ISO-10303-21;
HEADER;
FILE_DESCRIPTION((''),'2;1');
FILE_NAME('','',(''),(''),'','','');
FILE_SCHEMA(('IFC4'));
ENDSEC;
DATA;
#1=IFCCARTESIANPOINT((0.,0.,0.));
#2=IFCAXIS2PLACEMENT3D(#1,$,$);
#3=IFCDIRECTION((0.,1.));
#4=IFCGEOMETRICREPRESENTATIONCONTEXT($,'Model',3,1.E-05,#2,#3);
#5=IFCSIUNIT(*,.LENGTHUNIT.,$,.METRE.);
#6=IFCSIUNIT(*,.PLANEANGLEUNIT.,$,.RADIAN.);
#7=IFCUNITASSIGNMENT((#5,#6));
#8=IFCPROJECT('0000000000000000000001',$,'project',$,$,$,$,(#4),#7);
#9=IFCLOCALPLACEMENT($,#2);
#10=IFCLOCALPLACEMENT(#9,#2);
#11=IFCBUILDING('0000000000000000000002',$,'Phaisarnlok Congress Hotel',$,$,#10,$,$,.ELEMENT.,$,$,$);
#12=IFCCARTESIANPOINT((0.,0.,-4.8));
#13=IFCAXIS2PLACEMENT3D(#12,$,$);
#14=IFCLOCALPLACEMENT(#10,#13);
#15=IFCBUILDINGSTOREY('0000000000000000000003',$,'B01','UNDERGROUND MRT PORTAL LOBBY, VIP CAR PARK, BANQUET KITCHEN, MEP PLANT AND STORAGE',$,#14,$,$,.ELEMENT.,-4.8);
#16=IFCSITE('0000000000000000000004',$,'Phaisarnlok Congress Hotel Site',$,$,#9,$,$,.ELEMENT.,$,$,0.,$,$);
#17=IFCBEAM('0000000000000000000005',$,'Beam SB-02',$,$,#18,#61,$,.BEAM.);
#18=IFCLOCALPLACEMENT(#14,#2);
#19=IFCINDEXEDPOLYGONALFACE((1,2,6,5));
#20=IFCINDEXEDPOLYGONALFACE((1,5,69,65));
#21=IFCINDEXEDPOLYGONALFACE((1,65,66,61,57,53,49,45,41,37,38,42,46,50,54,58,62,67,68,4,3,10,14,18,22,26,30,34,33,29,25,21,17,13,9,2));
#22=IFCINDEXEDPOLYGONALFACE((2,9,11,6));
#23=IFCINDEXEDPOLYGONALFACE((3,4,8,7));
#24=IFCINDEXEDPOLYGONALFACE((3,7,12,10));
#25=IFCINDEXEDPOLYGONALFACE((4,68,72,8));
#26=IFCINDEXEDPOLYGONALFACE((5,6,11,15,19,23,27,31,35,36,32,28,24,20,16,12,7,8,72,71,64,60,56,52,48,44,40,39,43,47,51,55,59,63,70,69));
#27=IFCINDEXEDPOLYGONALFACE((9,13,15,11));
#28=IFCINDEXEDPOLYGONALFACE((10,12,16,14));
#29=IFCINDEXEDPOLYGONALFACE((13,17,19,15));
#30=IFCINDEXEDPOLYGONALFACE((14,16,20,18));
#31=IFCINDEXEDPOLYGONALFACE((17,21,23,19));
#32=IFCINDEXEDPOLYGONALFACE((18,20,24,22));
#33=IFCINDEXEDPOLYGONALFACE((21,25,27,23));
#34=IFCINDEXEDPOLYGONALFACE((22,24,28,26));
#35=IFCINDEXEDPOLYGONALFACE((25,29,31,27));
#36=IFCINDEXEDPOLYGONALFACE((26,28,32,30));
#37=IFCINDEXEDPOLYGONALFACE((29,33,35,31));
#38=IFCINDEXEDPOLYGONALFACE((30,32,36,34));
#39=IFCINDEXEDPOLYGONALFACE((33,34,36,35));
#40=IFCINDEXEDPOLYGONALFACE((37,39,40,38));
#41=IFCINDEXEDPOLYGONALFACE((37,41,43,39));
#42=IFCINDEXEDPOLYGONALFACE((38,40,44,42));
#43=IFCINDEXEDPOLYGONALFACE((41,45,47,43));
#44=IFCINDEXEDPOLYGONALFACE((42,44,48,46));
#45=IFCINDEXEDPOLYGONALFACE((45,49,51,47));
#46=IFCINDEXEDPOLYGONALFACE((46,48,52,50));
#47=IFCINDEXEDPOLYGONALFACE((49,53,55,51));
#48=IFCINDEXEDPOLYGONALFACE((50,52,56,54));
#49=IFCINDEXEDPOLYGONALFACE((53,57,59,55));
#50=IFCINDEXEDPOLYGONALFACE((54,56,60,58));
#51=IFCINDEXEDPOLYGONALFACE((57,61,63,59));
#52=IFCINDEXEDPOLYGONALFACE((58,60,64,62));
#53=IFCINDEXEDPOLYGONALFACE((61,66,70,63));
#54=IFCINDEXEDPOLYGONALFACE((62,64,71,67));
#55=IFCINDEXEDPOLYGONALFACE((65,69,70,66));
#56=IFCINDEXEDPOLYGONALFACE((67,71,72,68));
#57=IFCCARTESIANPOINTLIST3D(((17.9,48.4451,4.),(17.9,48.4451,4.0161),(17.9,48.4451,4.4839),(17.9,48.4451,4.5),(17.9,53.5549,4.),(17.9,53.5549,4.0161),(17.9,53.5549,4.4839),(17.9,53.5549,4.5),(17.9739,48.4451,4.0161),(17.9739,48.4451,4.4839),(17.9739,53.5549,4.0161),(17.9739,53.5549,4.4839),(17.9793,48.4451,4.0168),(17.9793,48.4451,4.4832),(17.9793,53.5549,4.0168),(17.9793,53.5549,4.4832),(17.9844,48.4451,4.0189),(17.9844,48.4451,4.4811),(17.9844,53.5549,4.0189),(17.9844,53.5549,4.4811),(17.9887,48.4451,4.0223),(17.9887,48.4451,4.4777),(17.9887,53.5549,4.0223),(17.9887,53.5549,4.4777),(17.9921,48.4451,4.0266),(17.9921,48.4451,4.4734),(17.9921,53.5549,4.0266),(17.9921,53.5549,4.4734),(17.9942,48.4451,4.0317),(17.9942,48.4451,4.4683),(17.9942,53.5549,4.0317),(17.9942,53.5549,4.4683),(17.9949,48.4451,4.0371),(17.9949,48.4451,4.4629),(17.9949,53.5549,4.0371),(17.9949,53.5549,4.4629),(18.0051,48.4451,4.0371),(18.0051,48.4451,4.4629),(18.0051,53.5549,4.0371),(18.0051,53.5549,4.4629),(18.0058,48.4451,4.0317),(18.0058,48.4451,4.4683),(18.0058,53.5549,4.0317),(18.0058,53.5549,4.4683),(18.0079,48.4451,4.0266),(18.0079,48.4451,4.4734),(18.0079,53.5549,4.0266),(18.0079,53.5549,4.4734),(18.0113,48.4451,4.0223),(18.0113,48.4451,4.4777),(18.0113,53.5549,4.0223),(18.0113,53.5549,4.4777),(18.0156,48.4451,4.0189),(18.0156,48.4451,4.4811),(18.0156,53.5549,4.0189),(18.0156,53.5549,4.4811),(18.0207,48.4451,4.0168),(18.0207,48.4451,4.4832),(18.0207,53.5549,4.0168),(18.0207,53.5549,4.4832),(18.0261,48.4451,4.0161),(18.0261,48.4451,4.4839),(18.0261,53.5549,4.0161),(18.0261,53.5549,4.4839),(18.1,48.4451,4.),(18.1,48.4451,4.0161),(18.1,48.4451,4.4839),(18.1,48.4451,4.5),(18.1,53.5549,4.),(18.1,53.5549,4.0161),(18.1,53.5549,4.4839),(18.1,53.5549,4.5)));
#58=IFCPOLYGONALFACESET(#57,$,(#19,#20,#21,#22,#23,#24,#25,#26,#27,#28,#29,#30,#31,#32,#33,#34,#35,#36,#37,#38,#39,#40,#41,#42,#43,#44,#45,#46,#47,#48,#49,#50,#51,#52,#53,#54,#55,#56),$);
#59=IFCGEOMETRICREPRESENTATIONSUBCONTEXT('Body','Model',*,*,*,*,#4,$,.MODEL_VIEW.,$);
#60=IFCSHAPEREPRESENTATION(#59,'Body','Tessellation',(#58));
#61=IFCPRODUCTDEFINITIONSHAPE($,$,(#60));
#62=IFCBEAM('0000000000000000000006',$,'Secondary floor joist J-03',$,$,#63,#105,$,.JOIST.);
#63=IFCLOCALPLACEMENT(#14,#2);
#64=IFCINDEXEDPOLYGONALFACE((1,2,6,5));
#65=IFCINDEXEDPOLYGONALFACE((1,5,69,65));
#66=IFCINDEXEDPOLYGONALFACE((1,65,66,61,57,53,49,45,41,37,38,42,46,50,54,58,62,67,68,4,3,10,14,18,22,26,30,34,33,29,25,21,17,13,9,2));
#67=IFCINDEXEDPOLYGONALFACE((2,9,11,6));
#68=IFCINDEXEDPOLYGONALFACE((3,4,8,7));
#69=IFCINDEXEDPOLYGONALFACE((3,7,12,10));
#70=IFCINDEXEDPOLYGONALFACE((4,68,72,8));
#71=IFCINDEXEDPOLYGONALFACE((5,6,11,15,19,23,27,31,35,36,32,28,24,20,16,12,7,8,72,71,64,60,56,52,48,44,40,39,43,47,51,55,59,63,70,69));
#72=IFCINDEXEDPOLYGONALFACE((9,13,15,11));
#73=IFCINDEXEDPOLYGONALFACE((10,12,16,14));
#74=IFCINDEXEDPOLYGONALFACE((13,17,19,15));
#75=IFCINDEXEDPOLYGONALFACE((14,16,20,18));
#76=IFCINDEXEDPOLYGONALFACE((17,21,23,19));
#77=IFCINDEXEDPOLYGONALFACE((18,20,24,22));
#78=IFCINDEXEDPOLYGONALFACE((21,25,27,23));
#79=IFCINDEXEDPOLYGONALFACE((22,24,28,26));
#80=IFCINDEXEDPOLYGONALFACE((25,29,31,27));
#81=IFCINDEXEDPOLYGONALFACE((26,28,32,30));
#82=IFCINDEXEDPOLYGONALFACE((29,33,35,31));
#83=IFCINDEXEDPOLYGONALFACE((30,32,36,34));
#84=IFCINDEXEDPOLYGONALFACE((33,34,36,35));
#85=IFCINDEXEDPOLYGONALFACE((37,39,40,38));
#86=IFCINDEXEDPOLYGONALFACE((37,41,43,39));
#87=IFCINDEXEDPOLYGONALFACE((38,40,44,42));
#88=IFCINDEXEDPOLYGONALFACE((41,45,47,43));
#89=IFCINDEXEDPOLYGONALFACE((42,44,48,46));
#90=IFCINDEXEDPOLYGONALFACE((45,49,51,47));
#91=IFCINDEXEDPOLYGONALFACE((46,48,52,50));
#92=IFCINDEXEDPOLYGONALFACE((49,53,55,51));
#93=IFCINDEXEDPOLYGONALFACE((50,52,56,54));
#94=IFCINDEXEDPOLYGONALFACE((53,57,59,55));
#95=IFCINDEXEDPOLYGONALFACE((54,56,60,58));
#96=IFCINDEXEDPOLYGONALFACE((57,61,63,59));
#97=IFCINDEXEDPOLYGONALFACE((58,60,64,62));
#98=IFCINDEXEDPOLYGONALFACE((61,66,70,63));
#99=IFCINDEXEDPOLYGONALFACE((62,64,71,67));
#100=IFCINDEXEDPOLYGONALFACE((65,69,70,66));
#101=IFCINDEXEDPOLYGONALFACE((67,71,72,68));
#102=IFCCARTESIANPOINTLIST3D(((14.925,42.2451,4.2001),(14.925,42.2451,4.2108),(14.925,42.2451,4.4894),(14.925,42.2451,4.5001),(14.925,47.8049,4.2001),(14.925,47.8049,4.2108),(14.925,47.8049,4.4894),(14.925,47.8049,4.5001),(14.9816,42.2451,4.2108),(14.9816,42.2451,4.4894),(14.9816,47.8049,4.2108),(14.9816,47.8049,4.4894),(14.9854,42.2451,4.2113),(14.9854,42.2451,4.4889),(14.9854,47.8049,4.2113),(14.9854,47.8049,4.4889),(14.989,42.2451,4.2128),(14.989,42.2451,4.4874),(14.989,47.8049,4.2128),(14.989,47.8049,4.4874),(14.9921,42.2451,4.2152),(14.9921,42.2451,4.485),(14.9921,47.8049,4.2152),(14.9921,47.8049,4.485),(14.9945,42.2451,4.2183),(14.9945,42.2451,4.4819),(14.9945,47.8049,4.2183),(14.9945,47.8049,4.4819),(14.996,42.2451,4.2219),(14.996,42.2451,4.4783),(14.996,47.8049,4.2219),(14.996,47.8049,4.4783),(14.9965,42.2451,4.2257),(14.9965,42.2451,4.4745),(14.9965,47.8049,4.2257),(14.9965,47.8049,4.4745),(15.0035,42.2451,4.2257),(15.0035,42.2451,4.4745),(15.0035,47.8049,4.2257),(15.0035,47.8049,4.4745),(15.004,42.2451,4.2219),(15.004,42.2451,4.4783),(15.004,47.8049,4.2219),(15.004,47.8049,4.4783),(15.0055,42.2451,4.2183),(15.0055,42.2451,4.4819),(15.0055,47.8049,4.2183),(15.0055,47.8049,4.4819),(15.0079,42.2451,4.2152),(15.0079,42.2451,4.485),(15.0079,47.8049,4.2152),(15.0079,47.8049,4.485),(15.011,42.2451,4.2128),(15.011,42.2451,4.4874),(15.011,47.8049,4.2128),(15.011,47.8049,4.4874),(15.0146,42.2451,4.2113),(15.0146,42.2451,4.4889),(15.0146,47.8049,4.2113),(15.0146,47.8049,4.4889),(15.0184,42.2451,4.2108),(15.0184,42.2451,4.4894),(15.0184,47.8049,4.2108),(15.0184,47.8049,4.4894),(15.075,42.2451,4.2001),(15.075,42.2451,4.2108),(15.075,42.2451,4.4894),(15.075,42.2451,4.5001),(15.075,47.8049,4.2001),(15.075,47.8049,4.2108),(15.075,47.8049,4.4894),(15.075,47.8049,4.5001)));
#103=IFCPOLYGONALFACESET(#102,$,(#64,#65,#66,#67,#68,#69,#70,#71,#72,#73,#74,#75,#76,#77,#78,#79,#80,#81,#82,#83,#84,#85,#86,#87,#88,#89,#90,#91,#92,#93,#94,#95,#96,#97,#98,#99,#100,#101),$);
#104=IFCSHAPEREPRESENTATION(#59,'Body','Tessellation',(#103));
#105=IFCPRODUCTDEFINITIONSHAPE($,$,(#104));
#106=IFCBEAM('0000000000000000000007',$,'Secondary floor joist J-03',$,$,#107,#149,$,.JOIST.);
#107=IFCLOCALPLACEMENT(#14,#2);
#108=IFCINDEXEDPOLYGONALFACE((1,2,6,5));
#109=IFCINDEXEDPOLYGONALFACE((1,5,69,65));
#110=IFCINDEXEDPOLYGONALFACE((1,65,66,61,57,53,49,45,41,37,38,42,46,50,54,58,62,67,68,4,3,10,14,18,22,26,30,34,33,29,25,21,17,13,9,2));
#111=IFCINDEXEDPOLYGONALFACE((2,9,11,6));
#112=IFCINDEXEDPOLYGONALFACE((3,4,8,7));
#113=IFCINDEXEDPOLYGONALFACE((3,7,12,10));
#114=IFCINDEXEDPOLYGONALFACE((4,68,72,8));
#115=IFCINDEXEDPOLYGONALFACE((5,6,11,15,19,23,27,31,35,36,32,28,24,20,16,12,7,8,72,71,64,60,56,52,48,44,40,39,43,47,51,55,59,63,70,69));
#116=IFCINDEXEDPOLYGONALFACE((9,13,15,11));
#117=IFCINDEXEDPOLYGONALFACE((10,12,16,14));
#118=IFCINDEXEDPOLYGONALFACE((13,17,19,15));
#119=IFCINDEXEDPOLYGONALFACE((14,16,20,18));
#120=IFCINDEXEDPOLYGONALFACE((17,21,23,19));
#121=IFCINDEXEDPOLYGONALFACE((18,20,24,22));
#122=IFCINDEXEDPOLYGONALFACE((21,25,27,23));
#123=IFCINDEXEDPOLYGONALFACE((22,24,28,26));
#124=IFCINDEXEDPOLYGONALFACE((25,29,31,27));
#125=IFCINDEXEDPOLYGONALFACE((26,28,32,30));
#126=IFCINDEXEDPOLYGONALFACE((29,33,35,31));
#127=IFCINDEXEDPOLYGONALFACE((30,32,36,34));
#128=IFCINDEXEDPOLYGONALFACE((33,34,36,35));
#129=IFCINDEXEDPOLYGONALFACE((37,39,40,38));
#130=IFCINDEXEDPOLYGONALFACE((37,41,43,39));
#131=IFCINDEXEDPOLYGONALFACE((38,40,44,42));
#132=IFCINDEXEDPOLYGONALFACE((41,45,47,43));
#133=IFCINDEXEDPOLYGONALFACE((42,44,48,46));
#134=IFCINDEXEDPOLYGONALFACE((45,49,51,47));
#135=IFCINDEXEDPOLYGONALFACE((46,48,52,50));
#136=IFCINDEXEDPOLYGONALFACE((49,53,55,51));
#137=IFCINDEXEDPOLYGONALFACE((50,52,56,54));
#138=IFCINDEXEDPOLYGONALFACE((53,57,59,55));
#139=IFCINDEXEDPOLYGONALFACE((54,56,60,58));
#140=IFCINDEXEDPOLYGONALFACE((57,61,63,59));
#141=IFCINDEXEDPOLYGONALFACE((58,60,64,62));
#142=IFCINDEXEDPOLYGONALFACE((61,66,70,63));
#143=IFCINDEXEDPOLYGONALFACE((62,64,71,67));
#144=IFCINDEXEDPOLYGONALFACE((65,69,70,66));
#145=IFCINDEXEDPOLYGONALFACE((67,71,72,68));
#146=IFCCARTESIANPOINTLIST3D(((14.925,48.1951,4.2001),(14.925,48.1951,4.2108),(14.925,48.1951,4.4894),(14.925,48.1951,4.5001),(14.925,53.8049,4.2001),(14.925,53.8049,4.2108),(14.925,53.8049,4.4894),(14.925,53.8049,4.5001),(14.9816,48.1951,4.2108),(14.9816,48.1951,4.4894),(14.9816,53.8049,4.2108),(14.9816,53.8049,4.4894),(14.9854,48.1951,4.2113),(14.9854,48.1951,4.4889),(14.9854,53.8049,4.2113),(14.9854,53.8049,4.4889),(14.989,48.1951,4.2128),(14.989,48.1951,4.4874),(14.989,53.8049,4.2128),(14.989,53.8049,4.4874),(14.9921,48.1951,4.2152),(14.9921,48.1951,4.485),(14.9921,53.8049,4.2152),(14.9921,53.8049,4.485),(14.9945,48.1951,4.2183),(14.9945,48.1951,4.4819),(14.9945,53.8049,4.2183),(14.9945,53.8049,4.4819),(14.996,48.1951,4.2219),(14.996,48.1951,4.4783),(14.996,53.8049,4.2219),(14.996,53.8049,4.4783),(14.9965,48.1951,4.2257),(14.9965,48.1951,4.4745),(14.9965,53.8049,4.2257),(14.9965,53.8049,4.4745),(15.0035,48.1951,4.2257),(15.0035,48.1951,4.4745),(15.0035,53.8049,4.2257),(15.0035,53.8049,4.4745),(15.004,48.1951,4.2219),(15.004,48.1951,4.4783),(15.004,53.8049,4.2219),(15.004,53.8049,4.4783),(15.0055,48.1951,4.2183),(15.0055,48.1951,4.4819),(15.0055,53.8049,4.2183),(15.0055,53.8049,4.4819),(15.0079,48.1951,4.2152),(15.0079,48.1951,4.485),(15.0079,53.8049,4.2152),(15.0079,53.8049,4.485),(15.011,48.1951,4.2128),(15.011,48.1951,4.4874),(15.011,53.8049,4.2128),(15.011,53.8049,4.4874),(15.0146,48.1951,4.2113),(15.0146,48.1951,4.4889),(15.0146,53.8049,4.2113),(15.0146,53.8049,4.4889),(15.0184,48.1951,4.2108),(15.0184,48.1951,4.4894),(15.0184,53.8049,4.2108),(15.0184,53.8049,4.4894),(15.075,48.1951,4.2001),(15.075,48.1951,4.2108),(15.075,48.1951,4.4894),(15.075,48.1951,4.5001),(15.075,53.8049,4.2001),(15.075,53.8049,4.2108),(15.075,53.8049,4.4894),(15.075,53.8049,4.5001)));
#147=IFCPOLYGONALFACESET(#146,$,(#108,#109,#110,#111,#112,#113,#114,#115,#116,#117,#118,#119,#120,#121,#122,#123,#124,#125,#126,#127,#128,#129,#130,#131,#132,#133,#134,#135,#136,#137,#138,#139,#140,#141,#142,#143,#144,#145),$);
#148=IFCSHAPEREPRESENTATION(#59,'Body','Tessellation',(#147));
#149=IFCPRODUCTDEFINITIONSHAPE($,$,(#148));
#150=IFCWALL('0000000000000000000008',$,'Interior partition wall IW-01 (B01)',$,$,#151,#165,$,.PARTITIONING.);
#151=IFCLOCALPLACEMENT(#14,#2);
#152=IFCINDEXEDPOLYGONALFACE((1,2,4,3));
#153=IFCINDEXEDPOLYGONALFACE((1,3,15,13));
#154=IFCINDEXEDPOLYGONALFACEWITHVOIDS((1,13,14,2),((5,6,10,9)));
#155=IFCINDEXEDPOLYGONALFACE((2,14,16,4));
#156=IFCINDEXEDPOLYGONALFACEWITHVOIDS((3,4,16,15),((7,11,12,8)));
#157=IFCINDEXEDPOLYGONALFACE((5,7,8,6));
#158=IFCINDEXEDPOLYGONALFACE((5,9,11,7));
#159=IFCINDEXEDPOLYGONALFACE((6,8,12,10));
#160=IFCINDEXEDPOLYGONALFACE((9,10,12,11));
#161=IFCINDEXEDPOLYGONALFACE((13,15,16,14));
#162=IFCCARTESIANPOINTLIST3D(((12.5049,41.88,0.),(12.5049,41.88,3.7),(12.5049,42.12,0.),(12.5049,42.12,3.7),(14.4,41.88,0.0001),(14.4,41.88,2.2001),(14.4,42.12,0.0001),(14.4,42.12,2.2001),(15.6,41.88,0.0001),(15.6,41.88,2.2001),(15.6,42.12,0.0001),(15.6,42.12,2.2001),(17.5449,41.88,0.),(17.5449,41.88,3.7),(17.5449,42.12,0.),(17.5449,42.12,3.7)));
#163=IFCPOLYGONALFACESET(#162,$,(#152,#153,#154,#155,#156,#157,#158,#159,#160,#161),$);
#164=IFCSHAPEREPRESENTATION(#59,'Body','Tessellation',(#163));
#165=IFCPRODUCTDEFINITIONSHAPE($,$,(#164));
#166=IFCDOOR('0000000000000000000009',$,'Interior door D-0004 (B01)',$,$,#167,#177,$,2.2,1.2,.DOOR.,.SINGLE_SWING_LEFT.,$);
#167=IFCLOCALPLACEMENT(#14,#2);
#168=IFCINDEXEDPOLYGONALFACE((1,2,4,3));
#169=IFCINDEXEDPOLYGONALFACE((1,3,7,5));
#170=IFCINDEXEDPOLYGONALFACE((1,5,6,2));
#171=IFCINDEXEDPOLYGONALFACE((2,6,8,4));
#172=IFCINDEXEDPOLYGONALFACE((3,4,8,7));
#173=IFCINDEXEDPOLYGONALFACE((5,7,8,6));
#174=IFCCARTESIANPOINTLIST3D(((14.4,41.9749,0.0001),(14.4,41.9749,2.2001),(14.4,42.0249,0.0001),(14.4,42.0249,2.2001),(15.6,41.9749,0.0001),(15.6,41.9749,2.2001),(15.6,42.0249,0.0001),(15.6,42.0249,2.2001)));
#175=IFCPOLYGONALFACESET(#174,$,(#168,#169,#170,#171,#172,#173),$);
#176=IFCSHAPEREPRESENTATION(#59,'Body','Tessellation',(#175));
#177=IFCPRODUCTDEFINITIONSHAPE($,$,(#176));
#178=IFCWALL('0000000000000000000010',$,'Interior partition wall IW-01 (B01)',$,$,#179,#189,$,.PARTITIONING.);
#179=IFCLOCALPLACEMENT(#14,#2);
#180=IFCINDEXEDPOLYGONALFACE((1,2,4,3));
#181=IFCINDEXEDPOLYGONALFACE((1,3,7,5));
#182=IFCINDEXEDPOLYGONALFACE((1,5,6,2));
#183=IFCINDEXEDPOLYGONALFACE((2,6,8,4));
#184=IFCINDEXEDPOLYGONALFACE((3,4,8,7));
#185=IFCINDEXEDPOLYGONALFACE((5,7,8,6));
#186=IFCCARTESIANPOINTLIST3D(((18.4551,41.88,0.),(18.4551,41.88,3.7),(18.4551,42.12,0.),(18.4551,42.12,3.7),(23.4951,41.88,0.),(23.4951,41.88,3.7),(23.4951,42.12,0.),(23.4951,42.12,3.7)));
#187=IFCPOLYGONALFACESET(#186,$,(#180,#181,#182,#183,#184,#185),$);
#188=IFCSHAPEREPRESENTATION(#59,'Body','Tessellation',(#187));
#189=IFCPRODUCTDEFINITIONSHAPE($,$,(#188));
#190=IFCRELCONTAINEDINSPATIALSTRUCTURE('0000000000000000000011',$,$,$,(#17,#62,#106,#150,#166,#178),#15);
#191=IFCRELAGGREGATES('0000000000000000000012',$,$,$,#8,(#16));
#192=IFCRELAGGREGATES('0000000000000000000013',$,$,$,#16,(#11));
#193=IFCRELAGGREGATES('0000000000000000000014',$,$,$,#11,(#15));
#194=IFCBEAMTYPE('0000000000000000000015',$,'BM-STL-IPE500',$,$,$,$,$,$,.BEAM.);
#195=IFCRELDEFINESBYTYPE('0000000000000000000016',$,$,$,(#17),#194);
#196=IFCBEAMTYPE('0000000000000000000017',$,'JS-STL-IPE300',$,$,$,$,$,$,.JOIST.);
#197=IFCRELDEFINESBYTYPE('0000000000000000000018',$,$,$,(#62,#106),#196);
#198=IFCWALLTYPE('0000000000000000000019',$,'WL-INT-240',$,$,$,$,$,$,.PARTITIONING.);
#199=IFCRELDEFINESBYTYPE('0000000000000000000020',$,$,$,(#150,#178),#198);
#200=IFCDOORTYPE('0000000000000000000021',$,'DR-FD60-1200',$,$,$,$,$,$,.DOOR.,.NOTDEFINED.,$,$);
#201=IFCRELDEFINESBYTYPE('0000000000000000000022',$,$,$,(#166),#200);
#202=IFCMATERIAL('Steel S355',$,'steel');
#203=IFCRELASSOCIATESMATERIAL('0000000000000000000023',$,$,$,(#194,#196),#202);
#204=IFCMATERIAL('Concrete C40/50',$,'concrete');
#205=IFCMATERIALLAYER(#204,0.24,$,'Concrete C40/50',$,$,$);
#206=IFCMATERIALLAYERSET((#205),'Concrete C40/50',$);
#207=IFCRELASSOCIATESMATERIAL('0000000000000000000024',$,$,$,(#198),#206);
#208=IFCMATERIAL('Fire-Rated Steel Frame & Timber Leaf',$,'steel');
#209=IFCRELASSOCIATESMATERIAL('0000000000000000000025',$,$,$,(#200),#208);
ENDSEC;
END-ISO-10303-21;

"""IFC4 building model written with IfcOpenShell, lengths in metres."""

from ifc_helpers import new_model, si_unit, direction, frame, frame_2d, origin, origin_2d, place, context, subcontext, project, spatial, rectangle, i_section, extrude, material, layer, layer_set, material_profile, profile_set, type_object, element, fill, save


model = new_model("IFC4")

# Units and contexts
model_context = context("Model", 3, precision=1e-05, world=origin(), true_north=direction((0.0, 1.0)))
body_context = subcontext(model_context, "Body", "Model", "MODEL_VIEW")
ifc_project = project(units=[si_unit("LENGTHUNIT", "METRE"), si_unit("PLANEANGLEUNIT", "RADIAN")], contexts=[model_context])

# Site, building, storey
site_placement = place(None, origin())
site = spatial("IfcSite", under=ifc_project, at=site_placement, Name="Phaisarnlok Congress Hotel Site", CompositionType="ELEMENT", RefElevation=0.0)
building_placement = place(site_placement, origin())
building = spatial("IfcBuilding", under=site, at=building_placement, Name="Phaisarnlok Congress Hotel", CompositionType="ELEMENT")
storey_placement = place(building_placement, frame((0.0, 0.0, -4.8)))
storey = spatial("IfcBuildingStorey", under=building, at=storey_placement, Name="B01", Description="UNDERGROUND MRT PORTAL LOBBY, VIP CAR PARK, BANQUET KITCHEN, MEP PLANT AND STORAGE", CompositionType="ELEMENT", Elevation=-4.8)

# Shared definitions
ifc_material_1 = material(Name="Concrete C40/50", Category="concrete")

# Beams
ifc_material_2 = material(Name="Steel S355", Category="steel")
ifc_material_profile_1 = material_profile(ifc_material_2, i_section(OverallWidth=0.2, OverallDepth=0.5, WebThickness=0.0103, FlangeThickness=0.0161, FilletRadius=0.021, at=origin_2d()), Name="IPE 500")
ifc_profile_set_1 = profile_set([ifc_material_profile_1], Name="Steel S355")
beam_type_1 = type_object("IfcBeamType", Name="BM-STL-IPE500", PredefinedType="BEAM", material=ifc_profile_set_1)
for number, where, z_axis, x_axis, name in (
    (1, (18.0, 48.4451, 4.25), (0.0, 1.0, 0.0), (-1.0, 0.0, 0.0), "Beam SB-02"),
):
    element("IfcBeam", number, at=place(storey_placement, frame(where, z_axis=z_axis, x_axis=x_axis)), inside=storey, type_object=beam_type_1, Name=name, PredefinedType="BEAM", context=body_context, shape_type="SweptSolid", body=[
        extrude(i_section(OverallWidth=0.2, OverallDepth=0.5, WebThickness=0.0103, FlangeThickness=0.0161, FilletRadius=0.021, at=origin_2d()), origin(), (0.0, 0.0, 1.0), 5.1099),
    ])
ifc_material_profile_2 = material_profile(ifc_material_2, i_section(OverallWidth=0.1499, OverallDepth=0.3, WebThickness=0.0071, FlangeThickness=0.0107, FilletRadius=0.0149, at=origin_2d()), Name="IPE 300")
ifc_profile_set_2 = profile_set([ifc_material_profile_2], Name="Steel S355")
beam_type_2 = type_object("IfcBeamType", Name="JS-STL-IPE300", PredefinedType="JOIST", material=ifc_profile_set_2)
beam_1_placement = place(storey_placement, frame((15.0, 42.2451, 4.3501), z_axis=(0.0, 1.0, 0.0), x_axis=(-1.0, 0.0, 0.0)))
element("IfcBeam", 2, at=beam_1_placement, inside=storey, type_object=beam_type_2, Name="Secondary floor joist J-03", PredefinedType="JOIST", context=body_context, shape_type="SweptSolid", body=[
    extrude(i_section(OverallWidth=0.1499, OverallDepth=0.3, WebThickness=0.0071, FlangeThickness=0.0107, FilletRadius=0.0149, at=origin_2d()), origin(), (0.0, 0.0, 1.0), 5.5598),
])
beam_2_placement = place(storey_placement, frame((15.0, 48.1951, 4.3501), z_axis=(0.0, 1.0, 0.0), x_axis=(-1.0, 0.0, 0.0)))
element("IfcBeam", 3, at=beam_2_placement, inside=storey, type_object=beam_type_2, Name="Secondary floor joist J-03", PredefinedType="JOIST", context=body_context, shape_type="SweptSolid", body=[
    extrude(i_section(OverallWidth=0.1499, OverallDepth=0.3, WebThickness=0.0071, FlangeThickness=0.0107, FilletRadius=0.0149, at=origin_2d()), origin(), (0.0, 0.0, 1.0), 5.6099),
])

# Wall, opening, door
ifc_layer = layer(ifc_material_1, 0.24, Name="Concrete C40/50")
ifc_layer_set = layer_set([ifc_layer], Name="Concrete C40/50")
wall_type = type_object("IfcWallType", Name="WL-INT-240", PredefinedType="PARTITIONING", material=ifc_layer_set)
wall_1_placement = place(storey_placement, frame((12.5049, 42.0, 0.0), z_axis=(0.0, 0.0, 1.0), x_axis=(1.0, 0.0, 0.0)))
wall_1 = element("IfcWall", 4, at=wall_1_placement, inside=storey, type_object=wall_type, Name="Interior partition wall IW-01 (B01)", PredefinedType="PARTITIONING", context=body_context, shape_type="SweptSolid", body=[
    extrude(rectangle(XDim=5.04, YDim=0.24, at=frame_2d((2.52, 0.0))), origin(), (0.0, 0.0, 1.0), 3.7),
])
opening_placement = place(wall_1_placement, frame((1.895, 0.0, 0.0)))
opening = element("IfcOpeningElement", 5, at=opening_placement, cuts=wall_1, PredefinedType="OPENING", context=body_context, shape_type="SweptSolid", body=[
    extrude(rectangle(XDim=1.2, YDim=2.2, at=frame_2d((0.6001, 1.1001))), frame((0.0, 0.1299, 0.0), z_axis=(0.0, -1.0, 0.0), x_axis=(1.0, 0.0, 0.0)), (0.0, 0.0, 1.0), 0.26),
])
ifc_material_3 = material(Name="Fire-Rated Steel Frame & Timber Leaf", Category="steel")
door_type = type_object("IfcDoorType", Name="DR-FD60-1200", OperationType="NOTDEFINED", PredefinedType="DOOR", material=ifc_material_3)
door_placement = place(opening_placement, origin())
door = element("IfcDoor", 6, at=door_placement, inside=storey, type_object=door_type, Name="Interior door D-0004 (B01)", OperationType="SINGLE_SWING_LEFT", OverallHeight=2.2, OverallWidth=1.2, PredefinedType="DOOR", context=body_context, shape_type="SweptSolid", body=[
    extrude(rectangle(XDim=1.2, YDim=2.2, at=frame_2d((0.6001, 1.1001))), frame((0.0, 0.0249, 0.0), z_axis=(0.0, -1.0, 0.0), x_axis=(1.0, 0.0, 0.0)), (0.0, 0.0, 1.0), 0.05),
])
fill(opening, door)

# Wall
wall_2_placement = place(storey_placement, frame((18.4551, 42.0, 0.0), z_axis=(0.0, 0.0, 1.0), x_axis=(1.0, 0.0, 0.0)))
element("IfcWall", 7, at=wall_2_placement, inside=storey, type_object=wall_type, Name="Interior partition wall IW-01 (B01)", PredefinedType="PARTITIONING", context=body_context, shape_type="SweptSolid", body=[
    extrude(rectangle(XDim=5.04, YDim=0.24, at=frame_2d((2.52, 0.0))), origin(), (0.0, 0.0, 1.0), 3.7),
])

save(model, "model.ifc")
